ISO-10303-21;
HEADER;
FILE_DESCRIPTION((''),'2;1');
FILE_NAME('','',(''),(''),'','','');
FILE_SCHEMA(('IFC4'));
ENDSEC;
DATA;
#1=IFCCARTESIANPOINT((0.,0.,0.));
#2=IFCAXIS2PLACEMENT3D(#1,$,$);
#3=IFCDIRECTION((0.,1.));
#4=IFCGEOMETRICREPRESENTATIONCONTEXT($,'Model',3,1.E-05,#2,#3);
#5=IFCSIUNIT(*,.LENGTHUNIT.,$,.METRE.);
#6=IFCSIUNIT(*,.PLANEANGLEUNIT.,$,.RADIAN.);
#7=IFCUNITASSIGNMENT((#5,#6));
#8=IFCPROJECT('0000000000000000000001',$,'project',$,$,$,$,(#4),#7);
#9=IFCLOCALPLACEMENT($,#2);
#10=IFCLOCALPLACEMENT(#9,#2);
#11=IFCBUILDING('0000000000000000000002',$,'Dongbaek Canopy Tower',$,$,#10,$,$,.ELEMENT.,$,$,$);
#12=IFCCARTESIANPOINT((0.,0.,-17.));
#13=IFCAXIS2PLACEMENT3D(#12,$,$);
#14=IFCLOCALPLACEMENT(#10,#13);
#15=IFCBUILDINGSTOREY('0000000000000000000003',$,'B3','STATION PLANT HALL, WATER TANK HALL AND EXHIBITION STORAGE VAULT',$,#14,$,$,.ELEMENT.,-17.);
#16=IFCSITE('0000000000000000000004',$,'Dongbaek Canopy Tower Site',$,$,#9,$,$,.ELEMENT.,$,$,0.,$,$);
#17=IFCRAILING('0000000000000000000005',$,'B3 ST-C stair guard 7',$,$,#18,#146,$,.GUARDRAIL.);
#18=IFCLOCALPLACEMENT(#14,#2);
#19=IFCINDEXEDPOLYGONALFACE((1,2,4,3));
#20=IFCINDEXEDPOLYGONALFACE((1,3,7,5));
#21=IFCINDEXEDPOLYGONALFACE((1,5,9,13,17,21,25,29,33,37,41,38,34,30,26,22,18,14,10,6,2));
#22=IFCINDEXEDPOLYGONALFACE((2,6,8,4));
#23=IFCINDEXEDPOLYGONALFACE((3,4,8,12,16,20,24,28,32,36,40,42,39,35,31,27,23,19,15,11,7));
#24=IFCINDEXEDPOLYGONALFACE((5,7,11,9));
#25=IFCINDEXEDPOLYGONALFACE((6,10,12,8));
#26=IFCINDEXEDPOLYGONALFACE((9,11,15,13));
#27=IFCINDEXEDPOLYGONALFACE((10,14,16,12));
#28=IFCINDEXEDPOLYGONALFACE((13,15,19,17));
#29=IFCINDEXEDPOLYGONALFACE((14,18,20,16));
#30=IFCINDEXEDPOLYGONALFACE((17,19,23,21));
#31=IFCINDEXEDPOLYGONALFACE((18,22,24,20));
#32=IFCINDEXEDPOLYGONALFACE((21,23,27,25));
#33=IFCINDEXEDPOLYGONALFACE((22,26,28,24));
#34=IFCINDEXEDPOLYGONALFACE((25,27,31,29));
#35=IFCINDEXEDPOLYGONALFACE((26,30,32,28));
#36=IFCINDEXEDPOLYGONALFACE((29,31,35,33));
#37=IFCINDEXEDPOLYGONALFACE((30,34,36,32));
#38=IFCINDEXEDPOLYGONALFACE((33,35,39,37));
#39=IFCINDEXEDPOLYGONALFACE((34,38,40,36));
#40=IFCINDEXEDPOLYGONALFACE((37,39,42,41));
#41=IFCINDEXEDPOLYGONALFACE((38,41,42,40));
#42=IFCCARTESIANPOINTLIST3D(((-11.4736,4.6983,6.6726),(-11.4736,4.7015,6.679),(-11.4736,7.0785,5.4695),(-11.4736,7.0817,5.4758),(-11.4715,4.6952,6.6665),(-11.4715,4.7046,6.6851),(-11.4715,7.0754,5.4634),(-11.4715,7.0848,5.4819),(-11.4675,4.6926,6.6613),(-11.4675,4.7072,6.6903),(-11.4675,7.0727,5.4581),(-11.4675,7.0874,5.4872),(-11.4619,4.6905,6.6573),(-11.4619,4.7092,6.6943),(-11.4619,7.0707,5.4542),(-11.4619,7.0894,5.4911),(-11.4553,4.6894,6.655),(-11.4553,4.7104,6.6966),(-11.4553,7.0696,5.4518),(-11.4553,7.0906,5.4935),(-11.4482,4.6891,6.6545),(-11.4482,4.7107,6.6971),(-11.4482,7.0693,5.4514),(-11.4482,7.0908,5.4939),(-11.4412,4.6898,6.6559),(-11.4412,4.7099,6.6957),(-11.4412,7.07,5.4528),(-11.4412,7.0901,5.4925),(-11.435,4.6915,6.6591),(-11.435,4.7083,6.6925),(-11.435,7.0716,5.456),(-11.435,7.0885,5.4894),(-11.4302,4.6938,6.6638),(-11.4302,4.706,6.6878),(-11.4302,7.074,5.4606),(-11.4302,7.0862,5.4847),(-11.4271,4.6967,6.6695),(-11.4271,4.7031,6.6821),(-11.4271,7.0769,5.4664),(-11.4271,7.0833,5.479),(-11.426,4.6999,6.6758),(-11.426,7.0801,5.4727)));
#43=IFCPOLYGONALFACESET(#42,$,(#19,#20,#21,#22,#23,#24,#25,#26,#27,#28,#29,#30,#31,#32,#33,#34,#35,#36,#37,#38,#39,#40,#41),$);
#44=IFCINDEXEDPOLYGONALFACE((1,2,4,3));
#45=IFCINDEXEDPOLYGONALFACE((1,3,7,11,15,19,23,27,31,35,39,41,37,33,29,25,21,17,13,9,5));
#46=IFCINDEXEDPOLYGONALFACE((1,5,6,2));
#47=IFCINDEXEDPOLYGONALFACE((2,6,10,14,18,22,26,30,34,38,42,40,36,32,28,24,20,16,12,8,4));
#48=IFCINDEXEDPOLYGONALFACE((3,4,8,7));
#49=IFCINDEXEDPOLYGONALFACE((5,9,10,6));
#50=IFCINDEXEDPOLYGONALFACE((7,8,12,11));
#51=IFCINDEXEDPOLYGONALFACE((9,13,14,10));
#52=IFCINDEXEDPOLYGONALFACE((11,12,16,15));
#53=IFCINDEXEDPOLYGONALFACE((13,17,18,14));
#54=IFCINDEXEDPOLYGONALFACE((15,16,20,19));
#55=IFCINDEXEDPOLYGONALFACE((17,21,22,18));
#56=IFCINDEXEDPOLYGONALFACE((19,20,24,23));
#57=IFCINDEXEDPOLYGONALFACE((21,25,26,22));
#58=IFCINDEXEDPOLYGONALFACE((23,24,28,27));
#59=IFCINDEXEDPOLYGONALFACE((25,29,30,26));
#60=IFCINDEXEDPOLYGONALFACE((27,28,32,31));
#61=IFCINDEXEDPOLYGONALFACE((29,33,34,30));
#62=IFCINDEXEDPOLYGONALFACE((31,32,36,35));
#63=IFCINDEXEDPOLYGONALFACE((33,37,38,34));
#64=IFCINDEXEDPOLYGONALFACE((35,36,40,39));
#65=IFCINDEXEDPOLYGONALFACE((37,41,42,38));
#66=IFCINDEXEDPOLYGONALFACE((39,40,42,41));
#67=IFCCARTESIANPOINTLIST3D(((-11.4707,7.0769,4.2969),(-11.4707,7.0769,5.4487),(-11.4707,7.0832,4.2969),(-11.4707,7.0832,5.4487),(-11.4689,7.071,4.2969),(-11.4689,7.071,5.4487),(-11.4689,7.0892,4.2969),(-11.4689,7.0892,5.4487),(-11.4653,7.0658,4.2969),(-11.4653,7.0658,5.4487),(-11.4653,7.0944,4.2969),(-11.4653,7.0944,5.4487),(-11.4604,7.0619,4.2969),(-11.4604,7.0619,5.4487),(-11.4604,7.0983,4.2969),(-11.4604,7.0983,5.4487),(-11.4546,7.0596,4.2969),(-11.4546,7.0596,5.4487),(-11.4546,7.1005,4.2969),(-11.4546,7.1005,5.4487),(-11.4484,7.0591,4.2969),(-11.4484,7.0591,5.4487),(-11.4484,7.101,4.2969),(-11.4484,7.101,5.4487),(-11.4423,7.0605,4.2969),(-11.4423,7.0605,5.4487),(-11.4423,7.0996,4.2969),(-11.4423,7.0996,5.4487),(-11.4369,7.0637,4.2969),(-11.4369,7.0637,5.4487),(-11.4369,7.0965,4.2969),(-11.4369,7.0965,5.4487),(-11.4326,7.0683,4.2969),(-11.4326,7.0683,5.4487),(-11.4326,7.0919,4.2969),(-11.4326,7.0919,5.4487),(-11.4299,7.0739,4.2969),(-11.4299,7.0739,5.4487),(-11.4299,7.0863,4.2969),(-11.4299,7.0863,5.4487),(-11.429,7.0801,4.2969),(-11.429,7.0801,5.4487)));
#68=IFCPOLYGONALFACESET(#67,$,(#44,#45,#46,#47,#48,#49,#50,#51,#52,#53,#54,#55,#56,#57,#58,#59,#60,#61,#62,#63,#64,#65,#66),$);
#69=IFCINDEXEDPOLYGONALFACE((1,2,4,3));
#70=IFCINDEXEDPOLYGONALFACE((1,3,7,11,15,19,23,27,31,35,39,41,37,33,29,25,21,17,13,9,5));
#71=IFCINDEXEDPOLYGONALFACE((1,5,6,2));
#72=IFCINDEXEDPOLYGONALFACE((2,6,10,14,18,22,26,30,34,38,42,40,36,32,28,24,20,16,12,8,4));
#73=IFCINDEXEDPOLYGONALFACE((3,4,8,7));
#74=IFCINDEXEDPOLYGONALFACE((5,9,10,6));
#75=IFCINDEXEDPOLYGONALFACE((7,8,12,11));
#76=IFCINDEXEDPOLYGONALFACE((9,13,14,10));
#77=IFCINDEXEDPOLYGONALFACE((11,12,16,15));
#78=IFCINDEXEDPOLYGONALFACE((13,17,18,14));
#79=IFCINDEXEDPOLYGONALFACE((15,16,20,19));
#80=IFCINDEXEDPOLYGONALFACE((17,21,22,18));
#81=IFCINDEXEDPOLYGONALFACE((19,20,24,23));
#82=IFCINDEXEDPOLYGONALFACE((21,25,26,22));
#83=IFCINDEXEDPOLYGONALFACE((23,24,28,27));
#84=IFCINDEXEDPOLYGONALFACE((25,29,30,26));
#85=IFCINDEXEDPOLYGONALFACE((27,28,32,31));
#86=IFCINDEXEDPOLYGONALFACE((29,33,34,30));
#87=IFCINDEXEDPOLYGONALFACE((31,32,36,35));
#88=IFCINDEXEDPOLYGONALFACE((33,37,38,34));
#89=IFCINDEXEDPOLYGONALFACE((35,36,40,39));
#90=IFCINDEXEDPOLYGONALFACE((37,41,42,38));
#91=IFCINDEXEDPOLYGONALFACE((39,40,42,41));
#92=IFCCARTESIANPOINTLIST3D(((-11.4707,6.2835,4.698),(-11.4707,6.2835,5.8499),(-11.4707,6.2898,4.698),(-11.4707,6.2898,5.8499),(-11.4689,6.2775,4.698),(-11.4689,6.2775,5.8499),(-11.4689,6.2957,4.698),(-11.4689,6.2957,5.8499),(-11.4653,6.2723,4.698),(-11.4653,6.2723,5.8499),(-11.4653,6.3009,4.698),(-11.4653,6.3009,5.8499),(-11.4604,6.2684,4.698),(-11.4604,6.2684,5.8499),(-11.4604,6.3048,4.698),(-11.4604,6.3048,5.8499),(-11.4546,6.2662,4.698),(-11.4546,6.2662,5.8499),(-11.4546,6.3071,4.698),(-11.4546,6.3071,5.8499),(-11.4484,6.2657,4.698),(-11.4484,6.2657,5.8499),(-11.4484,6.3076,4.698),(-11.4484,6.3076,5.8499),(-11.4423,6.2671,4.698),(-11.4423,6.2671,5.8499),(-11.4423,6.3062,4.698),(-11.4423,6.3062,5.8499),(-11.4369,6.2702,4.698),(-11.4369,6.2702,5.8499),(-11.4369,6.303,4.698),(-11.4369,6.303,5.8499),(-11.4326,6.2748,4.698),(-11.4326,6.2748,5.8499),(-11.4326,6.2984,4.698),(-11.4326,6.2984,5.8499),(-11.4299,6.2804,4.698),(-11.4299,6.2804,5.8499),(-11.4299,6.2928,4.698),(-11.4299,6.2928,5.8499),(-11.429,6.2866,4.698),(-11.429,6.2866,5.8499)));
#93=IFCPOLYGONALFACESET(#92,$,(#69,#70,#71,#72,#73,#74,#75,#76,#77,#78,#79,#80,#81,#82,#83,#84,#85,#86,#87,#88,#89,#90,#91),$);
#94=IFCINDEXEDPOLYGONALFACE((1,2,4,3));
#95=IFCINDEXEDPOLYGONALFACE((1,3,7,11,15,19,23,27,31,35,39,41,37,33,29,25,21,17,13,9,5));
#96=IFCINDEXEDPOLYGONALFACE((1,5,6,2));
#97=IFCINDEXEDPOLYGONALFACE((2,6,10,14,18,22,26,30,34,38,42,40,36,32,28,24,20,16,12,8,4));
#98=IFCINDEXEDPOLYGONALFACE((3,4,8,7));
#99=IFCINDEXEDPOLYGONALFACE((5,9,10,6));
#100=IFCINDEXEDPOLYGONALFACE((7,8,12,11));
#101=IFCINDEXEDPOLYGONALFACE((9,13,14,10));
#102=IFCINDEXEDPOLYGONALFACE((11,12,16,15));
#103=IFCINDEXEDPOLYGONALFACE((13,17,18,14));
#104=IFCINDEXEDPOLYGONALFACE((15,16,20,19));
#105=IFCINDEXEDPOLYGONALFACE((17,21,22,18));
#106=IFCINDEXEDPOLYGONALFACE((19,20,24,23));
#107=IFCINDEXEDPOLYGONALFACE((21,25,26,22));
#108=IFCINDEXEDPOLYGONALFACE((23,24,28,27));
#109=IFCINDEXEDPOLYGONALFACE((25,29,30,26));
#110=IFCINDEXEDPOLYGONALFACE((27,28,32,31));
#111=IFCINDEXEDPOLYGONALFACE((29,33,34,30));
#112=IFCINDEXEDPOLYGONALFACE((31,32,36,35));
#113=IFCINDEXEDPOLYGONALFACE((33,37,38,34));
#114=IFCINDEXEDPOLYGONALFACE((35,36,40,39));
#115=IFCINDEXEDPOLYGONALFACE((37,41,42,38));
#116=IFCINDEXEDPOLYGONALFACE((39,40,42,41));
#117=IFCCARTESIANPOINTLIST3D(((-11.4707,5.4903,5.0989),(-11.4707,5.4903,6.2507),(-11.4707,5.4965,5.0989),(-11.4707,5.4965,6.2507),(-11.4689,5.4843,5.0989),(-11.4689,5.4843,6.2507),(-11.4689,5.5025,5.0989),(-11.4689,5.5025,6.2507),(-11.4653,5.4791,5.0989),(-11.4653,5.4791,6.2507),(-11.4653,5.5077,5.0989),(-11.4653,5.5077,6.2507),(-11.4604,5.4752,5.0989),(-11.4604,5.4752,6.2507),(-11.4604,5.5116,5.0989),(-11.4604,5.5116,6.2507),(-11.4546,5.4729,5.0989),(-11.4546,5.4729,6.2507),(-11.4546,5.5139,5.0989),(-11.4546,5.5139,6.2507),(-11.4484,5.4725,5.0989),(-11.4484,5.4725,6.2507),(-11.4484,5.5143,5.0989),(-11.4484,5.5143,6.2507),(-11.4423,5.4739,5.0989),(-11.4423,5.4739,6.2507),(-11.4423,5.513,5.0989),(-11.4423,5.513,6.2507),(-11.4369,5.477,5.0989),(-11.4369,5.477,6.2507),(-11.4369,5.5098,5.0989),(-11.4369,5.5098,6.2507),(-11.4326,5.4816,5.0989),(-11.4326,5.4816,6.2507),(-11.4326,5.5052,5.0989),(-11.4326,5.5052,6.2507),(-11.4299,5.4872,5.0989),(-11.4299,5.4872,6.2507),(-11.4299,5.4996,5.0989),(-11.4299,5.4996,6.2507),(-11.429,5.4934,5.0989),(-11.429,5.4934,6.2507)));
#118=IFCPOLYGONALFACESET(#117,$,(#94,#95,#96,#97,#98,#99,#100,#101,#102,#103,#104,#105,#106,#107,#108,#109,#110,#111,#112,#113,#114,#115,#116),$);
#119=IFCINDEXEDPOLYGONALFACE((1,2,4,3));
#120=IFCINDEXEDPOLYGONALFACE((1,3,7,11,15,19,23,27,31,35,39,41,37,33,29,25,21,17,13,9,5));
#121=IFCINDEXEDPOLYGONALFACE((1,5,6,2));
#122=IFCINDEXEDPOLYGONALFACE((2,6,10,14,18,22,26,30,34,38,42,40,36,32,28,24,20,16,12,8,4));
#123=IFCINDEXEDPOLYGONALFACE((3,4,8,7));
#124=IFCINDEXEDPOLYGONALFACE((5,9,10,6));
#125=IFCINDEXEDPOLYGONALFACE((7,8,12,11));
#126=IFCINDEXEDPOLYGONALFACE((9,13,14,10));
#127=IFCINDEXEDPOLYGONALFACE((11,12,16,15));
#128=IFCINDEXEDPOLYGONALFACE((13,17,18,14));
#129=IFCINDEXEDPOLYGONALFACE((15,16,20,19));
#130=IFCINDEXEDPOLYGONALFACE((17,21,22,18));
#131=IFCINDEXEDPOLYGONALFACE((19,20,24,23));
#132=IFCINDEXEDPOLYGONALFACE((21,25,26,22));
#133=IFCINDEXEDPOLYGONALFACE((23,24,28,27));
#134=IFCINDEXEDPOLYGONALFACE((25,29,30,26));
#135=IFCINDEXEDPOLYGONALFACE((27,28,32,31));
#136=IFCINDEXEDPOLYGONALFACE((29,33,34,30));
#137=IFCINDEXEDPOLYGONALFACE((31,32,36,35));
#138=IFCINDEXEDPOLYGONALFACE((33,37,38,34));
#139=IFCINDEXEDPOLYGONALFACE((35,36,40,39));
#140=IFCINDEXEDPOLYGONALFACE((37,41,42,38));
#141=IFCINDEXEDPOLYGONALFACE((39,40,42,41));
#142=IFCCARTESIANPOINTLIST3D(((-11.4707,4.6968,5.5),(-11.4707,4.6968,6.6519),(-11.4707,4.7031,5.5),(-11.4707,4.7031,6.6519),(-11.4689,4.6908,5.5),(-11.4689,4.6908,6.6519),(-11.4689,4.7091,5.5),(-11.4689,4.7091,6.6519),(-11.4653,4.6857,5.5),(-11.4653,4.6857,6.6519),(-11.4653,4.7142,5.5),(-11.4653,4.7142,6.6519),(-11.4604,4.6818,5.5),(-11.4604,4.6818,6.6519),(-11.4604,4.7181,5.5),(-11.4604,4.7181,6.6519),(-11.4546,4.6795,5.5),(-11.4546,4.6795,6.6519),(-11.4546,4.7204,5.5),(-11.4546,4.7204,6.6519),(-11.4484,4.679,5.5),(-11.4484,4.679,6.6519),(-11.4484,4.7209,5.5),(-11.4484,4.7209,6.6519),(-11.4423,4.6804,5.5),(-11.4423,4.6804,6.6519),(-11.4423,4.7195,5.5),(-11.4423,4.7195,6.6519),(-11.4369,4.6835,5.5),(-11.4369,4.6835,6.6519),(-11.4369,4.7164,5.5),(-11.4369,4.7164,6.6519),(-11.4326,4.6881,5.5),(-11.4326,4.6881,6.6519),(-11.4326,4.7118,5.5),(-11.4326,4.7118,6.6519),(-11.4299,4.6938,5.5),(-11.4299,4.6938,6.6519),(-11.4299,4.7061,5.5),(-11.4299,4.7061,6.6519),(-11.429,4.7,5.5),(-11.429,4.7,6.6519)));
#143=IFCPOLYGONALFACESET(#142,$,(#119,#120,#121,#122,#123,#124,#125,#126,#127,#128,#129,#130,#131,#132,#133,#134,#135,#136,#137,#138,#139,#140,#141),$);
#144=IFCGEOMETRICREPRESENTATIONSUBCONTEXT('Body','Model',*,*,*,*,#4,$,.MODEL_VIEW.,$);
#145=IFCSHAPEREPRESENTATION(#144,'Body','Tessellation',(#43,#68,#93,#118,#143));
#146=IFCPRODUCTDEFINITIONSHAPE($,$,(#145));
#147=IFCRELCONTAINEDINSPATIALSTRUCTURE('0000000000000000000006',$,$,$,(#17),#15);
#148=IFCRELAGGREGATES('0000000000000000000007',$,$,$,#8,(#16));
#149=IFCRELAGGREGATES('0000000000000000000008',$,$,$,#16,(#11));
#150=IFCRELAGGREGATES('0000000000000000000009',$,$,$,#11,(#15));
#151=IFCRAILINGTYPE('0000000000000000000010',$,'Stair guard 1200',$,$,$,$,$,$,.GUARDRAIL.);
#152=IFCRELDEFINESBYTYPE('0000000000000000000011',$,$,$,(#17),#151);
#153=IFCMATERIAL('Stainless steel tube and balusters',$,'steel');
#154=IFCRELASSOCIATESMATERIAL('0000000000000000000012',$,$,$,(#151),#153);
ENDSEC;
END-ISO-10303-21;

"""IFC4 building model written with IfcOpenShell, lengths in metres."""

from ifc_helpers import new_model, si_unit, direction, frame, origin, origin_2d, place, context, subcontext, project, spatial, circle, extrude, material, type_object, element, save


model = new_model("IFC4")

# Units and contexts
model_context = context("Model", 3, precision=1e-05, world=origin(), true_north=direction((0.0, 1.0)))
body_context = subcontext(model_context, "Body", "Model", "MODEL_VIEW")
ifc_project = project(units=[si_unit("LENGTHUNIT", "METRE"), si_unit("PLANEANGLEUNIT", "RADIAN")], contexts=[model_context])

# Site, building, storey
site_placement = place(None, origin())
site = spatial("IfcSite", under=ifc_project, at=site_placement, Name="Dongbaek Canopy Tower Site", CompositionType="ELEMENT", RefElevation=0.0)
building_placement = place(site_placement, origin())
building = spatial("IfcBuilding", under=site, at=building_placement, Name="Dongbaek Canopy Tower", CompositionType="ELEMENT")
storey_placement = place(building_placement, frame((0.0, 0.0, -17.0)))
storey = spatial("IfcBuildingStorey", under=building, at=storey_placement, Name="B3", Description="STATION PLANT HALL, WATER TANK HALL AND EXHIBITION STORAGE VAULT", CompositionType="ELEMENT", Elevation=-17.0)

# Railing
ifc_material_1 = material(Name="Stainless steel tube and balusters", Category="steel")
railing_type_1 = type_object("IfcRailingType", Name="Stair guard 1200", PredefinedType="GUARDRAIL", material=ifc_material_1)
railing_1_placement = place(storey_placement, frame((-11.45, 7.0801, 4.2969)))
element("IfcRailing", 1, at=railing_1_placement, inside=storey, type_object=railing_type_1, Name="B3 ST-C stair guard 7", PredefinedType="GUARDRAIL", context=body_context, shape_type="SweptSolid", body=[
    extrude(circle(Radius=0.0239, at=origin_2d()), frame((0.0, 0.0, 1.1758), z_axis=(0.0, -0.89246, 0.451127), x_axis=(1.0, 0.0, 0.0)), (0.0, 0.0, 1.0), 2.667),
    extrude(circle(Radius=0.021, at=origin_2d()), origin(), (0.0, 0.0, 1.0), 1.1519),
    extrude(circle(Radius=0.021, at=origin_2d()), frame((0.0, -0.7935, 0.4011)), (0.0, 0.0, 1.0), 1.1519),
    extrude(circle(Radius=0.021, at=origin_2d()), frame((0.0, -1.5867, 0.802)), (0.0, 0.0, 1.0), 1.1519),
    extrude(circle(Radius=0.021, at=origin_2d()), frame((0.0, -2.3801, 1.2031)), (0.0, 0.0, 1.0), 1.1519),
])

save(model, "model.ifc")
